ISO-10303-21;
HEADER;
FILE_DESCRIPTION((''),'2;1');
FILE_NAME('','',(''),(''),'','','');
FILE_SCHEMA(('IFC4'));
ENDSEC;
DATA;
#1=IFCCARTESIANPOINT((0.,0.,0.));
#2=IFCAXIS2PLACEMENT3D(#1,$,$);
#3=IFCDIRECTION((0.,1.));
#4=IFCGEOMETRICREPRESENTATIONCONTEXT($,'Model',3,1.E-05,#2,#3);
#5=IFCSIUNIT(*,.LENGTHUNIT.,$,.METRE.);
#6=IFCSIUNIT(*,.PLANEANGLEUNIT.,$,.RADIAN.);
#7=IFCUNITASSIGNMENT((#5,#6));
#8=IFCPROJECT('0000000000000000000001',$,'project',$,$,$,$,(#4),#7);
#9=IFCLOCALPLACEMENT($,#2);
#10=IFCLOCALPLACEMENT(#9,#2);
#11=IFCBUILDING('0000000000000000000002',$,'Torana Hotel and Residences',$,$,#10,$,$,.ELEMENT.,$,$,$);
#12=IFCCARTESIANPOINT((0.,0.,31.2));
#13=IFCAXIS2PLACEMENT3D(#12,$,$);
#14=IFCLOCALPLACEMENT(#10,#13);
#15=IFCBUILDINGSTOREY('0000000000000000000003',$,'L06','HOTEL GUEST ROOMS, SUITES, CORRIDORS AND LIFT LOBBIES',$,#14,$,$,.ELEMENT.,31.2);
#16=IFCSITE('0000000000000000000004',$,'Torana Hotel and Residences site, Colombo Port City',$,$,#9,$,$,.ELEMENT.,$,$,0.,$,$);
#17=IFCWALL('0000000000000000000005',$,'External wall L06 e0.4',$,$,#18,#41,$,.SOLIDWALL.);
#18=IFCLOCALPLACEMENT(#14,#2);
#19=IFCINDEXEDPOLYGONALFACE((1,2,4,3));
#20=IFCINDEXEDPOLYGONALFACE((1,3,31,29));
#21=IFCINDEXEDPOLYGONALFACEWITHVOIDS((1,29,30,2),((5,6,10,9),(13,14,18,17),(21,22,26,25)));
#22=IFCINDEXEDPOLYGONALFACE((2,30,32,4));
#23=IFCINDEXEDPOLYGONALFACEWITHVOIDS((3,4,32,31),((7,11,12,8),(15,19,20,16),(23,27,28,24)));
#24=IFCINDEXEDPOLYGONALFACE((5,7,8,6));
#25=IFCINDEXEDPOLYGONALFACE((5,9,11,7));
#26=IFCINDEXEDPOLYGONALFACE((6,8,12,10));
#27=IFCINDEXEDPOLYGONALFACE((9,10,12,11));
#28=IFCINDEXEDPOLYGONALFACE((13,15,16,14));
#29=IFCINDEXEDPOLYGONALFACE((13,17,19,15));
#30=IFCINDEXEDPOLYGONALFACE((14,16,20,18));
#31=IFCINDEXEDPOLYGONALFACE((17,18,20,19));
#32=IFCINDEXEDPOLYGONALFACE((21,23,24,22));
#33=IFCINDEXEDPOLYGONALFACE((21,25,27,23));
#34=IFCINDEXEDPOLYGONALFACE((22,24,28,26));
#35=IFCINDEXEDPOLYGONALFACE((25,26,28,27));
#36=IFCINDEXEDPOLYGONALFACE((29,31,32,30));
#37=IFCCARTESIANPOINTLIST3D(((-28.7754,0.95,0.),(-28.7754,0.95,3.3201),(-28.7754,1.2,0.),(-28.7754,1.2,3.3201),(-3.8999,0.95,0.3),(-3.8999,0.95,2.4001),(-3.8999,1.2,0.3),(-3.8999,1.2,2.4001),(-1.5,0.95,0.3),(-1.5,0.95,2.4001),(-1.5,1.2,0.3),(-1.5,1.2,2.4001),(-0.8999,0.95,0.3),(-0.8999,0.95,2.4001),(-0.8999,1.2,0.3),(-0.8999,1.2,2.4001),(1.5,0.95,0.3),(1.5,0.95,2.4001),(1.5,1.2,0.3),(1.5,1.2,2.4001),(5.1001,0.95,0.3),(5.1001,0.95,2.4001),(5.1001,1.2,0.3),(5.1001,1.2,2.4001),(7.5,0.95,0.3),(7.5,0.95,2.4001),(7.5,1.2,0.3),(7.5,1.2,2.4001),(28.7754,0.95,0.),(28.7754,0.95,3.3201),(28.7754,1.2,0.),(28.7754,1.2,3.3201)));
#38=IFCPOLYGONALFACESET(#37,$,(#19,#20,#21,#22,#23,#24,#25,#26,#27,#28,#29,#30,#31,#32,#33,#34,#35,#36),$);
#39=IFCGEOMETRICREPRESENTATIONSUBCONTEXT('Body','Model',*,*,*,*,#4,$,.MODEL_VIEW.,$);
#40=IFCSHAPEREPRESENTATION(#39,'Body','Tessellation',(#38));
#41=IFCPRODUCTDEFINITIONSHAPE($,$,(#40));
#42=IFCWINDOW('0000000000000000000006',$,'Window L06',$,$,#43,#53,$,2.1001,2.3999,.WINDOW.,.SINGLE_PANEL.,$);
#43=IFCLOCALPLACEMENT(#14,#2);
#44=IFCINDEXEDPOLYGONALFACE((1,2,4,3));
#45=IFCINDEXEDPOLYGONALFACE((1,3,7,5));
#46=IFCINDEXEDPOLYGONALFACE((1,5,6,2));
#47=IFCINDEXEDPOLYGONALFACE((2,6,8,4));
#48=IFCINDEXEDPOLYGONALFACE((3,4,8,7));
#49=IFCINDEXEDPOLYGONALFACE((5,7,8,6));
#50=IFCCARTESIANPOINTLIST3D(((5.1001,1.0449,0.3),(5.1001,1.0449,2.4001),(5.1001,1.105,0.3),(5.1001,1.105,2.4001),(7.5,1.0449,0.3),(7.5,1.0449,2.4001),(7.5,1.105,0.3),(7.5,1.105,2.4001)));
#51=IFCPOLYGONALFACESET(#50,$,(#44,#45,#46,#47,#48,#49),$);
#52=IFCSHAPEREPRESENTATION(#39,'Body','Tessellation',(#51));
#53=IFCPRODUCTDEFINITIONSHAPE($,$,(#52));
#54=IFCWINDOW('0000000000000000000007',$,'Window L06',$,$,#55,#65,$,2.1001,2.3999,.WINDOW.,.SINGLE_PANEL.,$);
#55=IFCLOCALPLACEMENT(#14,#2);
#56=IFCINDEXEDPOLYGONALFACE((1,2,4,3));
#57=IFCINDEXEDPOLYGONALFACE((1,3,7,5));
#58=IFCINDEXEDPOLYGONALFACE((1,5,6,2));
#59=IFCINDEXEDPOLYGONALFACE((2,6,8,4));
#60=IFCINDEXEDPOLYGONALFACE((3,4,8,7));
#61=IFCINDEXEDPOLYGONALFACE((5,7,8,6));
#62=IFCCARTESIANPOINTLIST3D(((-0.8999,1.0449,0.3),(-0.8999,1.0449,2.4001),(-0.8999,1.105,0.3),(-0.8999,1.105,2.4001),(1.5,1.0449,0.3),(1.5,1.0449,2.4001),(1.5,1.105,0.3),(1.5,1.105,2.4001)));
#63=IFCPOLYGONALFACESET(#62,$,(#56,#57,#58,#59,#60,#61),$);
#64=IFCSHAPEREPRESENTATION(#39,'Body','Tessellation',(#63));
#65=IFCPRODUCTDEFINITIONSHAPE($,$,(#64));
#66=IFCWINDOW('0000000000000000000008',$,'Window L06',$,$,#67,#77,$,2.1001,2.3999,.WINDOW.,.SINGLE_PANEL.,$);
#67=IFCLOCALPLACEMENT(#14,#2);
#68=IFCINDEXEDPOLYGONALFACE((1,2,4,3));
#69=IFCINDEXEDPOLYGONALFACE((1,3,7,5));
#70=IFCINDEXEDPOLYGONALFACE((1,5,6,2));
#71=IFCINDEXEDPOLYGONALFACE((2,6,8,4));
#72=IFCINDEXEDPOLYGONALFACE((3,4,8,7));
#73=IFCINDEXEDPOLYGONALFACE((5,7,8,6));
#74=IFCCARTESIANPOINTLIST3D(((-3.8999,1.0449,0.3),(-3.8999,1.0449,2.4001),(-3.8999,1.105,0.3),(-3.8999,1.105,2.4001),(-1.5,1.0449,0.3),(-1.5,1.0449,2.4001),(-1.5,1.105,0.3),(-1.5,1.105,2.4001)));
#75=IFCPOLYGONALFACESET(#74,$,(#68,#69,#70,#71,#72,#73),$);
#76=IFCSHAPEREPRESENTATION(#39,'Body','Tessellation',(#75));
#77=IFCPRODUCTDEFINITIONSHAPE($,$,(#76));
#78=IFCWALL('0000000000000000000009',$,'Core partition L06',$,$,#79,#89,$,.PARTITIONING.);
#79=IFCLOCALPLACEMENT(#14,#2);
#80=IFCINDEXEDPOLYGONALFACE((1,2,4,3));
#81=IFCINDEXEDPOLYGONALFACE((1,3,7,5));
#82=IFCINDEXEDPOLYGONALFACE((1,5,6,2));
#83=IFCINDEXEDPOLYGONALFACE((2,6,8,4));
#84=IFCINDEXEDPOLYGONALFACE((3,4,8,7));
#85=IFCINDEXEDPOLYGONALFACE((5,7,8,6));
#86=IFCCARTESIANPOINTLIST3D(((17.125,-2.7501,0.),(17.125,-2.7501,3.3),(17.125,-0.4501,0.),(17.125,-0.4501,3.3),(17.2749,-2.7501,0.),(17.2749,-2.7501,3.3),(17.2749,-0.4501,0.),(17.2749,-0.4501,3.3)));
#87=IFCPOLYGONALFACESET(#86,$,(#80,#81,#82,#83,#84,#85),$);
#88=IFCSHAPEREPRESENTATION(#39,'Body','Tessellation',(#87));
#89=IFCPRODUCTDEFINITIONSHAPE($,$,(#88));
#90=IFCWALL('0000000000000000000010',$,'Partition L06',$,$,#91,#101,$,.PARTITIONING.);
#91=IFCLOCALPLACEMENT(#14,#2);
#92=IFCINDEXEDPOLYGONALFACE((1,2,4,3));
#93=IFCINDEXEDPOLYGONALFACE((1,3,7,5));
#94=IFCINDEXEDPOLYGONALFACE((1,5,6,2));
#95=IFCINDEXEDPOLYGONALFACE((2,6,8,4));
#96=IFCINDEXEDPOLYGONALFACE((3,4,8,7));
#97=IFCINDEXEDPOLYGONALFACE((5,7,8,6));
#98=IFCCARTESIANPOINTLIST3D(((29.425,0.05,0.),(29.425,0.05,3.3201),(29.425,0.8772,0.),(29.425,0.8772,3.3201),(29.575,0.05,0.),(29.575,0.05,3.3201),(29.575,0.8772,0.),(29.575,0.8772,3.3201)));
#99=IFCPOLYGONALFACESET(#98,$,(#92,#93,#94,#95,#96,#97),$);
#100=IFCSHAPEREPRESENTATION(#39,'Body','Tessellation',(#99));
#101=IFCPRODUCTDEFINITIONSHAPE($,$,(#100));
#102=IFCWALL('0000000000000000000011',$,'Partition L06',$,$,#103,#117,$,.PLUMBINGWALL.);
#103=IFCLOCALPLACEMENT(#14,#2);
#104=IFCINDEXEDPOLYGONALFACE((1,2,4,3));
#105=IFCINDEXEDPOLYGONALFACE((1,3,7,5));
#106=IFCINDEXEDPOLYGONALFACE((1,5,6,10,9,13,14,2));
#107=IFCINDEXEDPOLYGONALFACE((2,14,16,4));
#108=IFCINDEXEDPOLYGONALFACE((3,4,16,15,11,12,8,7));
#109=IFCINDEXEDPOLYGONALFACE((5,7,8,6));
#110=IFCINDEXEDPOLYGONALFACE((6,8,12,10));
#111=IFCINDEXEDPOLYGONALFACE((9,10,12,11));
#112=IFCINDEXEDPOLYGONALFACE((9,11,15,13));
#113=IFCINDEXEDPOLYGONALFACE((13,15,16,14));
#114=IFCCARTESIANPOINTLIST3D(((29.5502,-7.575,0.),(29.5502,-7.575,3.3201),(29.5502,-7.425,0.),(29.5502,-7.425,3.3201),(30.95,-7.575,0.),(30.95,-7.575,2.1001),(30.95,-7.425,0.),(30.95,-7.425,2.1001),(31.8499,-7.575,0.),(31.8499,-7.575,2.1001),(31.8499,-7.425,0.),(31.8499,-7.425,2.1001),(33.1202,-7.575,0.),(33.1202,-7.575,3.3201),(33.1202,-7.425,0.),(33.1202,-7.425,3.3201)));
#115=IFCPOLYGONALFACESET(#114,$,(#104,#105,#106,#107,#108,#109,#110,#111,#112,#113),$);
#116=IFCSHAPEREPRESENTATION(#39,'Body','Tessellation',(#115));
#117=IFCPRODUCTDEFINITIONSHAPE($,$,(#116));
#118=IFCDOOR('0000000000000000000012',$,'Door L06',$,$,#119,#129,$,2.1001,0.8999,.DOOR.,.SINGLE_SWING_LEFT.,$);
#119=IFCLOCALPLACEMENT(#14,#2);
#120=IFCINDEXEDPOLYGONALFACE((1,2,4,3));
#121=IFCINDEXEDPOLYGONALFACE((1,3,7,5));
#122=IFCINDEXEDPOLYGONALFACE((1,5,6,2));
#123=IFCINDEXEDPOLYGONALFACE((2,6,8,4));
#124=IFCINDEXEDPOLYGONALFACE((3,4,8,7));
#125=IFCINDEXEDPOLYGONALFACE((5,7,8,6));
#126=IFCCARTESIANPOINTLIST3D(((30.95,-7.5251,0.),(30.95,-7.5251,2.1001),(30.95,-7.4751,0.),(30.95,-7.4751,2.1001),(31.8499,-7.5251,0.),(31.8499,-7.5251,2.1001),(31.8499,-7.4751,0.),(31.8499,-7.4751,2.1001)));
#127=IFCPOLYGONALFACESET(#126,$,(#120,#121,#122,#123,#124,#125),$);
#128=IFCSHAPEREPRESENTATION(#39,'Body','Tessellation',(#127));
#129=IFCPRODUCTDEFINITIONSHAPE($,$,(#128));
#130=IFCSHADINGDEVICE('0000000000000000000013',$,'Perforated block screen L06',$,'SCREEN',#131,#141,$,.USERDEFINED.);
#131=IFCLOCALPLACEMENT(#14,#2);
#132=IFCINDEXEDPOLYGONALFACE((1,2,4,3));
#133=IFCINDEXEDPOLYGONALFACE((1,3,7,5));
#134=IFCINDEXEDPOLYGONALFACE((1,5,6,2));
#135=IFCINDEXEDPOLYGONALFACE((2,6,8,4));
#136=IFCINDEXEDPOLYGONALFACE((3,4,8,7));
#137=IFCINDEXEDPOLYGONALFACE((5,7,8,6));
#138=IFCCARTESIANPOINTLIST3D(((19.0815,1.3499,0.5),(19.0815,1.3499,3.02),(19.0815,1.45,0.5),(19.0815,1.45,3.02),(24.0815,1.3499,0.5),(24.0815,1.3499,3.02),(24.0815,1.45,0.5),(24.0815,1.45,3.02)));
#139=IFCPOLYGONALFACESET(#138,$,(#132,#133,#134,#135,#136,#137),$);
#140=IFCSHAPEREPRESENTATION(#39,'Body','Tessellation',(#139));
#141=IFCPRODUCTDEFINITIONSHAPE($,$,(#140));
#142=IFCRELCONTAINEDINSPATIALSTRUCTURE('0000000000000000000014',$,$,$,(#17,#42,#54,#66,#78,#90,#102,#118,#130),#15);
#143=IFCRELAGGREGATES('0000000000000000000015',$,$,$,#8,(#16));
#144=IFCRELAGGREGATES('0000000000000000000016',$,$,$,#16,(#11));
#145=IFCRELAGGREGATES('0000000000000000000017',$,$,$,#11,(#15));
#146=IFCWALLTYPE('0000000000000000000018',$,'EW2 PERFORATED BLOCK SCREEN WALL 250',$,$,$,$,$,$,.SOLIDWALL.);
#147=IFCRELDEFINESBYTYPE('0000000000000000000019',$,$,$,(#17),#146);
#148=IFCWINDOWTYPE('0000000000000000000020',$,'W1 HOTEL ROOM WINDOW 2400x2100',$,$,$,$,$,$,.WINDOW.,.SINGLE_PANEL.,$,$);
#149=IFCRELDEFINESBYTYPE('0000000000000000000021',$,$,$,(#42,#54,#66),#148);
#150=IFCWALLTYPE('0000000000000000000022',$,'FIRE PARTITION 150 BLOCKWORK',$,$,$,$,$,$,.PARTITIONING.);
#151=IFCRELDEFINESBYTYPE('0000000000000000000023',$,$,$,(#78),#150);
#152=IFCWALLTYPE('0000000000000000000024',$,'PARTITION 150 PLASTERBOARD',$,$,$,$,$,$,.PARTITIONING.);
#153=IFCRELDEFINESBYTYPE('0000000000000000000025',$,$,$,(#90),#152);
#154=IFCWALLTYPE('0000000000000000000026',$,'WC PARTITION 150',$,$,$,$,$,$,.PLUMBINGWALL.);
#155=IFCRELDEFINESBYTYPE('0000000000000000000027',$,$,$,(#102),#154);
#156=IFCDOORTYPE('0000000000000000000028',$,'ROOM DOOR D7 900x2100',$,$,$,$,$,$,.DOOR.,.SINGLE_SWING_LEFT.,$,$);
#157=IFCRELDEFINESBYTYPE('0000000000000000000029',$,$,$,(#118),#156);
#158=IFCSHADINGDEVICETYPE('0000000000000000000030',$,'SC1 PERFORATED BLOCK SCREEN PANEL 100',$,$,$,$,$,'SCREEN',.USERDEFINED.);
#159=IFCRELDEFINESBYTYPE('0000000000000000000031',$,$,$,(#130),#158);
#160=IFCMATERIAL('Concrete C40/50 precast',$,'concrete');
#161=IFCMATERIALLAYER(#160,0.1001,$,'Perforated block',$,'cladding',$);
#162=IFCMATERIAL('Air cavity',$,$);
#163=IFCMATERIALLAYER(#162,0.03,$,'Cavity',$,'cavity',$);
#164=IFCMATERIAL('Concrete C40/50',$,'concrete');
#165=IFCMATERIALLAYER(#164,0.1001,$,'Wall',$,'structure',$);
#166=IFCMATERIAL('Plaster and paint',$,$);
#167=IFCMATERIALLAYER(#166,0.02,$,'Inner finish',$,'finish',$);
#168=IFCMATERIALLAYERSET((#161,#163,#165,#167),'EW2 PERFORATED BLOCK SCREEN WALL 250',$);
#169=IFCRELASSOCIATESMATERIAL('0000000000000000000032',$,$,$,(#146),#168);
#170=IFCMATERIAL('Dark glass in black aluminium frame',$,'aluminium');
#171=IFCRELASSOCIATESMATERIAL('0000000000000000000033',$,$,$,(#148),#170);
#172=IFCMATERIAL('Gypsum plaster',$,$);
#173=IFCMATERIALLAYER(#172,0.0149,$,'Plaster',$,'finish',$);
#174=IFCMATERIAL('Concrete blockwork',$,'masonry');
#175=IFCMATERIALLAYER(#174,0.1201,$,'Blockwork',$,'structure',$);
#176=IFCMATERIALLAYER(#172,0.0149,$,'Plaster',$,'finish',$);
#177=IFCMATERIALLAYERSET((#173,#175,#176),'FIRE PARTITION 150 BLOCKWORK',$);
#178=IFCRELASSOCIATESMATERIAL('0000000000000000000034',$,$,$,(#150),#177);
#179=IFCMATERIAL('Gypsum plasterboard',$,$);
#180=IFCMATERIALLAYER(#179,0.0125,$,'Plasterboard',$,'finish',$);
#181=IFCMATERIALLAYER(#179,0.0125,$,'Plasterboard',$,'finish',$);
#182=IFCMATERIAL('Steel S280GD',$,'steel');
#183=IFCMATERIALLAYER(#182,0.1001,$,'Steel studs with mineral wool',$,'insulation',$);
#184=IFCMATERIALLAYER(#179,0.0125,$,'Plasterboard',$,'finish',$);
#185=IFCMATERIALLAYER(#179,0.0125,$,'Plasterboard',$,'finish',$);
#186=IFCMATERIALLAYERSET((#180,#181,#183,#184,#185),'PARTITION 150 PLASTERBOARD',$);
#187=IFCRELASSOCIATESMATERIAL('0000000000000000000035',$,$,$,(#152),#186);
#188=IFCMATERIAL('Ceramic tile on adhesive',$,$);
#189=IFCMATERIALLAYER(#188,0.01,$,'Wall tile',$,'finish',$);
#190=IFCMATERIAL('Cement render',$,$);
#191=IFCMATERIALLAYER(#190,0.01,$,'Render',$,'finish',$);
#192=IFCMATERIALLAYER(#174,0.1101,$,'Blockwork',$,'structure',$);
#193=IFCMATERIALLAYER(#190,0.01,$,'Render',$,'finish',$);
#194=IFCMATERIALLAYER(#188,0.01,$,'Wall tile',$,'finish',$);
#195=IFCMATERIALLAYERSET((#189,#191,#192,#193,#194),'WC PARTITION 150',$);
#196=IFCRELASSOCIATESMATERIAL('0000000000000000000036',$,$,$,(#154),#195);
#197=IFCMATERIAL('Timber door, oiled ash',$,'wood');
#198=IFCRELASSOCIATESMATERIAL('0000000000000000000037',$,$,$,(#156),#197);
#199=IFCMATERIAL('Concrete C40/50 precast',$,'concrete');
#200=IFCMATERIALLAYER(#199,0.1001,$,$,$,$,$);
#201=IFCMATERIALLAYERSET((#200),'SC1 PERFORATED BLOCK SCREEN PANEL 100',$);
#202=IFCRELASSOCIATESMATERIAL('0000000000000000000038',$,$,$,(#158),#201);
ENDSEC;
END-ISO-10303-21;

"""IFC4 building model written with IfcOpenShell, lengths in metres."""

from ifc_helpers import new_model, si_unit, direction, frame, frame_2d, origin, origin_2d, place, context, subcontext, project, spatial, rectangle, extrude, material, layer, layer_set, type_object, element, fill, save


model = new_model("IFC4")

# Units and contexts
model_context = context("Model", 3, precision=1e-05, world=origin(), true_north=direction((0.0, 1.0)))
body_context = subcontext(model_context, "Body", "Model", "MODEL_VIEW")
ifc_project = project(units=[si_unit("LENGTHUNIT", "METRE"), si_unit("PLANEANGLEUNIT", "RADIAN")], contexts=[model_context])

# Site, building, storey
site_placement = place(None, origin())
site = spatial("IfcSite", under=ifc_project, at=site_placement, Name="Torana Hotel and Residences site, Colombo Port City", CompositionType="ELEMENT", RefElevation=0.0)
building_placement = place(site_placement, origin())
building = spatial("IfcBuilding", under=site, at=building_placement, Name="Torana Hotel and Residences", CompositionType="ELEMENT")
storey_placement = place(building_placement, frame((0.0, 0.0, 31.2)))
storey = spatial("IfcBuildingStorey", under=building, at=storey_placement, Name="L06", Description="HOTEL GUEST ROOMS, SUITES, CORRIDORS AND LIFT LOBBIES", CompositionType="ELEMENT", Elevation=31.2)

# Shared definitions
ifc_material_1 = material(Name="Steel S280GD", Category="steel")

# Wall, openings, windows
ifc_material_2 = material(Name="Concrete C40/50 precast", Category="concrete")
ifc_layer_1 = layer(ifc_material_2, 0.1001, Name="Perforated block", Category="cladding")
ifc_material_3 = material(Name="Air cavity")
ifc_layer_2 = layer(ifc_material_3, 0.03, Name="Cavity", Category="cavity")
ifc_material_4 = material(Name="Concrete C40/50", Category="concrete")
ifc_layer_3 = layer(ifc_material_4, 0.1001, Name="Wall", Category="structure")
ifc_material_5 = material(Name="Plaster and paint")
ifc_layer_4 = layer(ifc_material_5, 0.02, Name="Inner finish", Category="finish")
ifc_layer_set_1 = layer_set([ifc_layer_1, ifc_layer_2, ifc_layer_3, ifc_layer_4], Name="EW2 PERFORATED BLOCK SCREEN WALL 250")
wall_type_1 = type_object("IfcWallType", Name="EW2 PERFORATED BLOCK SCREEN WALL 250", PredefinedType="SOLIDWALL", material=ifc_layer_set_1)
wall_1_placement = place(storey_placement, frame((28.7754, 1.075, 0.0), z_axis=(0.0, 0.0, 1.0), x_axis=(-1.0, 0.0, 0.0)))
wall_1 = element("IfcWall", 1, at=wall_1_placement, inside=storey, type_object=wall_type_1, Name="External wall L06 e0.4", PredefinedType="SOLIDWALL", context=body_context, shape_type="SweptSolid", body=[
    extrude(rectangle(XDim=57.5508, YDim=0.25, at=frame_2d((28.7754, 0.0))), origin(), (0.0, 0.0, 1.0), 3.3201),
])
opening_1_placement = place(wall_1_placement, frame((21.2754, 0.0, 0.3)))
opening_1 = element("IfcOpeningElement", 2, at=opening_1_placement, cuts=wall_1, PredefinedType="OPENING", context=body_context, shape_type="SweptSolid", body=[
    extrude(rectangle(XDim=2.3999, YDim=2.1001, at=frame_2d((1.2, 1.05))), frame((0.0, 0.135, 0.0), z_axis=(0.0, -1.0, 0.0), x_axis=(1.0, 0.0, 0.0)), (0.0, 0.0, 1.0), 0.27),
])
opening_2_placement = place(wall_1_placement, frame((27.2754, 0.0, 0.3)))
opening_2 = element("IfcOpeningElement", 3, at=opening_2_placement, cuts=wall_1, PredefinedType="OPENING", context=body_context, shape_type="SweptSolid", body=[
    extrude(rectangle(XDim=2.3999, YDim=2.1001, at=frame_2d((1.2, 1.05))), frame((0.0, 0.135, 0.0), z_axis=(0.0, -1.0, 0.0), x_axis=(1.0, 0.0, 0.0)), (0.0, 0.0, 1.0), 0.27),
])
opening_3_placement = place(wall_1_placement, frame((30.2754, 0.0, 0.3)))
opening_3 = element("IfcOpeningElement", 4, at=opening_3_placement, cuts=wall_1, PredefinedType="OPENING", context=body_context, shape_type="SweptSolid", body=[
    extrude(rectangle(XDim=2.3999, YDim=2.1001, at=frame_2d((1.2, 1.05))), frame((0.0, 0.135, 0.0), z_axis=(0.0, -1.0, 0.0), x_axis=(1.0, 0.0, 0.0)), (0.0, 0.0, 1.0), 0.27),
])
ifc_material_6 = material(Name="Dark glass in black aluminium frame", Category="aluminium")
window_type = type_object("IfcWindowType", Name="W1 HOTEL ROOM WINDOW 2400x2100", PartitioningType="SINGLE_PANEL", PredefinedType="WINDOW", material=ifc_material_6)
window_1_placement = place(opening_1_placement, origin())
window_1 = element("IfcWindow", 5, at=window_1_placement, inside=storey, type_object=window_type, Name="Window L06", OverallHeight=2.1001, OverallWidth=2.3999, PartitioningType="SINGLE_PANEL", PredefinedType="WINDOW", context=body_context, shape_type="SweptSolid", body=[
    extrude(rectangle(XDim=2.3999, YDim=2.1001, at=frame_2d((1.2, 1.05))), frame((0.0, 0.03, 0.0), z_axis=(0.0, -1.0, 0.0), x_axis=(1.0, 0.0, 0.0)), (0.0, 0.0, 1.0), 0.0601),
])
fill(opening_1, window_1)
window_2_placement = place(opening_2_placement, origin())
window_2 = element("IfcWindow", 6, at=window_2_placement, inside=storey, type_object=window_type, Name="Window L06", OverallHeight=2.1001, OverallWidth=2.3999, PartitioningType="SINGLE_PANEL", PredefinedType="WINDOW", context=body_context, shape_type="SweptSolid", body=[
    extrude(rectangle(XDim=2.3999, YDim=2.1001, at=frame_2d((1.2, 1.05))), frame((0.0, 0.03, 0.0), z_axis=(0.0, -1.0, 0.0), x_axis=(1.0, 0.0, 0.0)), (0.0, 0.0, 1.0), 0.0601),
])
fill(opening_2, window_2)
window_3_placement = place(opening_3_placement, origin())
window_3 = element("IfcWindow", 7, at=window_3_placement, inside=storey, type_object=window_type, Name="Window L06", OverallHeight=2.1001, OverallWidth=2.3999, PartitioningType="SINGLE_PANEL", PredefinedType="WINDOW", context=body_context, shape_type="SweptSolid", body=[
    extrude(rectangle(XDim=2.3999, YDim=2.1001, at=frame_2d((1.2, 1.05))), frame((0.0, 0.03, 0.0), z_axis=(0.0, -1.0, 0.0), x_axis=(1.0, 0.0, 0.0)), (0.0, 0.0, 1.0), 0.0601),
])
fill(opening_3, window_3)

# Walls
ifc_material_7 = material(Name="Gypsum plaster")
ifc_layer_5 = layer(ifc_material_7, 0.0149, Name="Plaster", Category="finish")
ifc_material_8 = material(Name="Concrete blockwork", Category="masonry")
ifc_layer_6 = layer(ifc_material_8, 0.1201, Name="Blockwork", Category="structure")
ifc_layer_7 = layer(ifc_material_7, 0.0149, Name="Plaster", Category="finish")
ifc_layer_set_2 = layer_set([ifc_layer_5, ifc_layer_6, ifc_layer_7], Name="FIRE PARTITION 150 BLOCKWORK")
wall_type_2 = type_object("IfcWallType", Name="FIRE PARTITION 150 BLOCKWORK", PredefinedType="PARTITIONING", material=ifc_layer_set_2)
wall_2_placement = place(storey_placement, frame((17.2, -2.75, 0.0), z_axis=(0.0, 0.0, 1.0), x_axis=(0.0, 1.0, 0.0)))
element("IfcWall", 8, at=wall_2_placement, inside=storey, type_object=wall_type_2, Name="Core partition L06", PredefinedType="PARTITIONING", context=body_context, shape_type="SweptSolid", body=[
    extrude(rectangle(XDim=2.3, YDim=0.1499, at=frame_2d((1.1499, 0.0))), origin(), (0.0, 0.0, 1.0), 3.3),
])
ifc_material_9 = material(Name="Gypsum plasterboard")
ifc_layer_8 = layer(ifc_material_9, 0.0125, Name="Plasterboard", Category="finish")
ifc_layer_9 = layer(ifc_material_9, 0.0125, Name="Plasterboard", Category="finish")
ifc_layer_10 = layer(ifc_material_1, 0.1001, Name="Steel studs with mineral wool", Category="insulation")
ifc_layer_11 = layer(ifc_material_9, 0.0125, Name="Plasterboard", Category="finish")
ifc_layer_12 = layer(ifc_material_9, 0.0125, Name="Plasterboard", Category="finish")
ifc_layer_set_3 = layer_set([ifc_layer_8, ifc_layer_9, ifc_layer_10, ifc_layer_11, ifc_layer_12], Name="PARTITION 150 PLASTERBOARD")
wall_type_3 = type_object("IfcWallType", Name="PARTITION 150 PLASTERBOARD", PredefinedType="PARTITIONING", material=ifc_layer_set_3)
wall_3_placement = place(storey_placement, frame((29.5, 0.05, 0.0), z_axis=(0.0, 0.0, 1.0), x_axis=(0.0, 1.0, 0.0)))
element("IfcWall", 9, at=wall_3_placement, inside=storey, type_object=wall_type_3, Name="Partition L06", PredefinedType="PARTITIONING", context=body_context, shape_type="SweptSolid", body=[
    extrude(rectangle(XDim=0.8271, YDim=0.1499, at=frame_2d((0.4136, 0.0))), origin(), (0.0, 0.0, 1.0), 3.3201),
])

# Wall, opening, door
ifc_material_10 = material(Name="Ceramic tile on adhesive")
ifc_layer_13 = layer(ifc_material_10, 0.01, Name="Wall tile", Category="finish")
ifc_material_11 = material(Name="Cement render")
ifc_layer_14 = layer(ifc_material_11, 0.01, Name="Render", Category="finish")
ifc_layer_15 = layer(ifc_material_8, 0.1101, Name="Blockwork", Category="structure")
ifc_layer_16 = layer(ifc_material_11, 0.01, Name="Render", Category="finish")
ifc_layer_17 = layer(ifc_material_10, 0.01, Name="Wall tile", Category="finish")
ifc_layer_set_4 = layer_set([ifc_layer_13, ifc_layer_14, ifc_layer_15, ifc_layer_16, ifc_layer_17], Name="WC PARTITION 150")
wall_type_4 = type_object("IfcWallType", Name="WC PARTITION 150", PredefinedType="PLUMBINGWALL", material=ifc_layer_set_4)
wall_4_placement = place(storey_placement, frame((29.55, -7.5, 0.0), z_axis=(0.0, 0.0, 1.0), x_axis=(1.0, 0.0, 0.0)))
wall_4 = element("IfcWall", 10, at=wall_4_placement, inside=storey, type_object=wall_type_4, Name="Partition L06", PredefinedType="PLUMBINGWALL", context=body_context, shape_type="SweptSolid", body=[
    extrude(rectangle(XDim=3.5701, YDim=0.1499, at=frame_2d((1.7852, 0.0))), origin(), (0.0, 0.0, 1.0), 3.3201),
])
opening_4_placement = place(wall_4_placement, frame((1.3999, 0.0, 0.0)))
opening_4 = element("IfcOpeningElement", 11, at=opening_4_placement, cuts=wall_4, PredefinedType="OPENING", context=body_context, shape_type="SweptSolid", body=[
    extrude(rectangle(XDim=0.8999, YDim=2.1001, at=frame_2d((0.45, 1.05))), frame((0.0, 0.085, 0.0), z_axis=(0.0, -1.0, 0.0), x_axis=(1.0, 0.0, 0.0)), (0.0, 0.0, 1.0), 0.1699),
])
ifc_material_12 = material(Name="Timber door, oiled ash", Category="wood")
door_type = type_object("IfcDoorType", Name="ROOM DOOR D7 900x2100", OperationType="SINGLE_SWING_LEFT", PredefinedType="DOOR", material=ifc_material_12)
door_placement = place(opening_4_placement, origin())
door = element("IfcDoor", 12, at=door_placement, inside=storey, type_object=door_type, Name="Door L06", OperationType="SINGLE_SWING_LEFT", OverallHeight=2.1001, OverallWidth=0.8999, PredefinedType="DOOR", context=body_context, shape_type="SweptSolid", body=[
    extrude(rectangle(XDim=0.8999, YDim=2.1001, at=frame_2d((0.45, 1.05))), frame((0.0, 0.0249, 0.0), z_axis=(0.0, -1.0, 0.0), x_axis=(1.0, 0.0, 0.0)), (0.0, 0.0, 1.0), 0.05),
])
fill(opening_4, door)

# Shading device
ifc_material_13 = material(Name="Concrete C40/50 precast", Category="concrete")
ifc_layer_18 = layer(ifc_material_13, 0.1001)
ifc_layer_set_5 = layer_set([ifc_layer_18], Name="SC1 PERFORATED BLOCK SCREEN PANEL 100")
shading_device_type = type_object("IfcShadingDeviceType", Name="SC1 PERFORATED BLOCK SCREEN PANEL 100", ElementType="SCREEN", PredefinedType="USERDEFINED", material=ifc_layer_set_5)
shading_device_placement = place(storey_placement, frame((21.5815, 1.3999, 0.5), z_axis=(0.0, 0.0, 1.0), x_axis=(-1.0, 0.0, 0.0)))
element("IfcShadingDevice", 13, at=shading_device_placement, inside=storey, type_object=shading_device_type, Name="Perforated block screen L06", ObjectType="SCREEN", PredefinedType="USERDEFINED", context=body_context, shape_type="SweptSolid", body=[
    extrude(rectangle(XDim=5.0, YDim=0.1001, at=origin_2d()), origin(), (0.0, 0.0, 1.0), 2.52),
])

save(model, "model.ifc")
